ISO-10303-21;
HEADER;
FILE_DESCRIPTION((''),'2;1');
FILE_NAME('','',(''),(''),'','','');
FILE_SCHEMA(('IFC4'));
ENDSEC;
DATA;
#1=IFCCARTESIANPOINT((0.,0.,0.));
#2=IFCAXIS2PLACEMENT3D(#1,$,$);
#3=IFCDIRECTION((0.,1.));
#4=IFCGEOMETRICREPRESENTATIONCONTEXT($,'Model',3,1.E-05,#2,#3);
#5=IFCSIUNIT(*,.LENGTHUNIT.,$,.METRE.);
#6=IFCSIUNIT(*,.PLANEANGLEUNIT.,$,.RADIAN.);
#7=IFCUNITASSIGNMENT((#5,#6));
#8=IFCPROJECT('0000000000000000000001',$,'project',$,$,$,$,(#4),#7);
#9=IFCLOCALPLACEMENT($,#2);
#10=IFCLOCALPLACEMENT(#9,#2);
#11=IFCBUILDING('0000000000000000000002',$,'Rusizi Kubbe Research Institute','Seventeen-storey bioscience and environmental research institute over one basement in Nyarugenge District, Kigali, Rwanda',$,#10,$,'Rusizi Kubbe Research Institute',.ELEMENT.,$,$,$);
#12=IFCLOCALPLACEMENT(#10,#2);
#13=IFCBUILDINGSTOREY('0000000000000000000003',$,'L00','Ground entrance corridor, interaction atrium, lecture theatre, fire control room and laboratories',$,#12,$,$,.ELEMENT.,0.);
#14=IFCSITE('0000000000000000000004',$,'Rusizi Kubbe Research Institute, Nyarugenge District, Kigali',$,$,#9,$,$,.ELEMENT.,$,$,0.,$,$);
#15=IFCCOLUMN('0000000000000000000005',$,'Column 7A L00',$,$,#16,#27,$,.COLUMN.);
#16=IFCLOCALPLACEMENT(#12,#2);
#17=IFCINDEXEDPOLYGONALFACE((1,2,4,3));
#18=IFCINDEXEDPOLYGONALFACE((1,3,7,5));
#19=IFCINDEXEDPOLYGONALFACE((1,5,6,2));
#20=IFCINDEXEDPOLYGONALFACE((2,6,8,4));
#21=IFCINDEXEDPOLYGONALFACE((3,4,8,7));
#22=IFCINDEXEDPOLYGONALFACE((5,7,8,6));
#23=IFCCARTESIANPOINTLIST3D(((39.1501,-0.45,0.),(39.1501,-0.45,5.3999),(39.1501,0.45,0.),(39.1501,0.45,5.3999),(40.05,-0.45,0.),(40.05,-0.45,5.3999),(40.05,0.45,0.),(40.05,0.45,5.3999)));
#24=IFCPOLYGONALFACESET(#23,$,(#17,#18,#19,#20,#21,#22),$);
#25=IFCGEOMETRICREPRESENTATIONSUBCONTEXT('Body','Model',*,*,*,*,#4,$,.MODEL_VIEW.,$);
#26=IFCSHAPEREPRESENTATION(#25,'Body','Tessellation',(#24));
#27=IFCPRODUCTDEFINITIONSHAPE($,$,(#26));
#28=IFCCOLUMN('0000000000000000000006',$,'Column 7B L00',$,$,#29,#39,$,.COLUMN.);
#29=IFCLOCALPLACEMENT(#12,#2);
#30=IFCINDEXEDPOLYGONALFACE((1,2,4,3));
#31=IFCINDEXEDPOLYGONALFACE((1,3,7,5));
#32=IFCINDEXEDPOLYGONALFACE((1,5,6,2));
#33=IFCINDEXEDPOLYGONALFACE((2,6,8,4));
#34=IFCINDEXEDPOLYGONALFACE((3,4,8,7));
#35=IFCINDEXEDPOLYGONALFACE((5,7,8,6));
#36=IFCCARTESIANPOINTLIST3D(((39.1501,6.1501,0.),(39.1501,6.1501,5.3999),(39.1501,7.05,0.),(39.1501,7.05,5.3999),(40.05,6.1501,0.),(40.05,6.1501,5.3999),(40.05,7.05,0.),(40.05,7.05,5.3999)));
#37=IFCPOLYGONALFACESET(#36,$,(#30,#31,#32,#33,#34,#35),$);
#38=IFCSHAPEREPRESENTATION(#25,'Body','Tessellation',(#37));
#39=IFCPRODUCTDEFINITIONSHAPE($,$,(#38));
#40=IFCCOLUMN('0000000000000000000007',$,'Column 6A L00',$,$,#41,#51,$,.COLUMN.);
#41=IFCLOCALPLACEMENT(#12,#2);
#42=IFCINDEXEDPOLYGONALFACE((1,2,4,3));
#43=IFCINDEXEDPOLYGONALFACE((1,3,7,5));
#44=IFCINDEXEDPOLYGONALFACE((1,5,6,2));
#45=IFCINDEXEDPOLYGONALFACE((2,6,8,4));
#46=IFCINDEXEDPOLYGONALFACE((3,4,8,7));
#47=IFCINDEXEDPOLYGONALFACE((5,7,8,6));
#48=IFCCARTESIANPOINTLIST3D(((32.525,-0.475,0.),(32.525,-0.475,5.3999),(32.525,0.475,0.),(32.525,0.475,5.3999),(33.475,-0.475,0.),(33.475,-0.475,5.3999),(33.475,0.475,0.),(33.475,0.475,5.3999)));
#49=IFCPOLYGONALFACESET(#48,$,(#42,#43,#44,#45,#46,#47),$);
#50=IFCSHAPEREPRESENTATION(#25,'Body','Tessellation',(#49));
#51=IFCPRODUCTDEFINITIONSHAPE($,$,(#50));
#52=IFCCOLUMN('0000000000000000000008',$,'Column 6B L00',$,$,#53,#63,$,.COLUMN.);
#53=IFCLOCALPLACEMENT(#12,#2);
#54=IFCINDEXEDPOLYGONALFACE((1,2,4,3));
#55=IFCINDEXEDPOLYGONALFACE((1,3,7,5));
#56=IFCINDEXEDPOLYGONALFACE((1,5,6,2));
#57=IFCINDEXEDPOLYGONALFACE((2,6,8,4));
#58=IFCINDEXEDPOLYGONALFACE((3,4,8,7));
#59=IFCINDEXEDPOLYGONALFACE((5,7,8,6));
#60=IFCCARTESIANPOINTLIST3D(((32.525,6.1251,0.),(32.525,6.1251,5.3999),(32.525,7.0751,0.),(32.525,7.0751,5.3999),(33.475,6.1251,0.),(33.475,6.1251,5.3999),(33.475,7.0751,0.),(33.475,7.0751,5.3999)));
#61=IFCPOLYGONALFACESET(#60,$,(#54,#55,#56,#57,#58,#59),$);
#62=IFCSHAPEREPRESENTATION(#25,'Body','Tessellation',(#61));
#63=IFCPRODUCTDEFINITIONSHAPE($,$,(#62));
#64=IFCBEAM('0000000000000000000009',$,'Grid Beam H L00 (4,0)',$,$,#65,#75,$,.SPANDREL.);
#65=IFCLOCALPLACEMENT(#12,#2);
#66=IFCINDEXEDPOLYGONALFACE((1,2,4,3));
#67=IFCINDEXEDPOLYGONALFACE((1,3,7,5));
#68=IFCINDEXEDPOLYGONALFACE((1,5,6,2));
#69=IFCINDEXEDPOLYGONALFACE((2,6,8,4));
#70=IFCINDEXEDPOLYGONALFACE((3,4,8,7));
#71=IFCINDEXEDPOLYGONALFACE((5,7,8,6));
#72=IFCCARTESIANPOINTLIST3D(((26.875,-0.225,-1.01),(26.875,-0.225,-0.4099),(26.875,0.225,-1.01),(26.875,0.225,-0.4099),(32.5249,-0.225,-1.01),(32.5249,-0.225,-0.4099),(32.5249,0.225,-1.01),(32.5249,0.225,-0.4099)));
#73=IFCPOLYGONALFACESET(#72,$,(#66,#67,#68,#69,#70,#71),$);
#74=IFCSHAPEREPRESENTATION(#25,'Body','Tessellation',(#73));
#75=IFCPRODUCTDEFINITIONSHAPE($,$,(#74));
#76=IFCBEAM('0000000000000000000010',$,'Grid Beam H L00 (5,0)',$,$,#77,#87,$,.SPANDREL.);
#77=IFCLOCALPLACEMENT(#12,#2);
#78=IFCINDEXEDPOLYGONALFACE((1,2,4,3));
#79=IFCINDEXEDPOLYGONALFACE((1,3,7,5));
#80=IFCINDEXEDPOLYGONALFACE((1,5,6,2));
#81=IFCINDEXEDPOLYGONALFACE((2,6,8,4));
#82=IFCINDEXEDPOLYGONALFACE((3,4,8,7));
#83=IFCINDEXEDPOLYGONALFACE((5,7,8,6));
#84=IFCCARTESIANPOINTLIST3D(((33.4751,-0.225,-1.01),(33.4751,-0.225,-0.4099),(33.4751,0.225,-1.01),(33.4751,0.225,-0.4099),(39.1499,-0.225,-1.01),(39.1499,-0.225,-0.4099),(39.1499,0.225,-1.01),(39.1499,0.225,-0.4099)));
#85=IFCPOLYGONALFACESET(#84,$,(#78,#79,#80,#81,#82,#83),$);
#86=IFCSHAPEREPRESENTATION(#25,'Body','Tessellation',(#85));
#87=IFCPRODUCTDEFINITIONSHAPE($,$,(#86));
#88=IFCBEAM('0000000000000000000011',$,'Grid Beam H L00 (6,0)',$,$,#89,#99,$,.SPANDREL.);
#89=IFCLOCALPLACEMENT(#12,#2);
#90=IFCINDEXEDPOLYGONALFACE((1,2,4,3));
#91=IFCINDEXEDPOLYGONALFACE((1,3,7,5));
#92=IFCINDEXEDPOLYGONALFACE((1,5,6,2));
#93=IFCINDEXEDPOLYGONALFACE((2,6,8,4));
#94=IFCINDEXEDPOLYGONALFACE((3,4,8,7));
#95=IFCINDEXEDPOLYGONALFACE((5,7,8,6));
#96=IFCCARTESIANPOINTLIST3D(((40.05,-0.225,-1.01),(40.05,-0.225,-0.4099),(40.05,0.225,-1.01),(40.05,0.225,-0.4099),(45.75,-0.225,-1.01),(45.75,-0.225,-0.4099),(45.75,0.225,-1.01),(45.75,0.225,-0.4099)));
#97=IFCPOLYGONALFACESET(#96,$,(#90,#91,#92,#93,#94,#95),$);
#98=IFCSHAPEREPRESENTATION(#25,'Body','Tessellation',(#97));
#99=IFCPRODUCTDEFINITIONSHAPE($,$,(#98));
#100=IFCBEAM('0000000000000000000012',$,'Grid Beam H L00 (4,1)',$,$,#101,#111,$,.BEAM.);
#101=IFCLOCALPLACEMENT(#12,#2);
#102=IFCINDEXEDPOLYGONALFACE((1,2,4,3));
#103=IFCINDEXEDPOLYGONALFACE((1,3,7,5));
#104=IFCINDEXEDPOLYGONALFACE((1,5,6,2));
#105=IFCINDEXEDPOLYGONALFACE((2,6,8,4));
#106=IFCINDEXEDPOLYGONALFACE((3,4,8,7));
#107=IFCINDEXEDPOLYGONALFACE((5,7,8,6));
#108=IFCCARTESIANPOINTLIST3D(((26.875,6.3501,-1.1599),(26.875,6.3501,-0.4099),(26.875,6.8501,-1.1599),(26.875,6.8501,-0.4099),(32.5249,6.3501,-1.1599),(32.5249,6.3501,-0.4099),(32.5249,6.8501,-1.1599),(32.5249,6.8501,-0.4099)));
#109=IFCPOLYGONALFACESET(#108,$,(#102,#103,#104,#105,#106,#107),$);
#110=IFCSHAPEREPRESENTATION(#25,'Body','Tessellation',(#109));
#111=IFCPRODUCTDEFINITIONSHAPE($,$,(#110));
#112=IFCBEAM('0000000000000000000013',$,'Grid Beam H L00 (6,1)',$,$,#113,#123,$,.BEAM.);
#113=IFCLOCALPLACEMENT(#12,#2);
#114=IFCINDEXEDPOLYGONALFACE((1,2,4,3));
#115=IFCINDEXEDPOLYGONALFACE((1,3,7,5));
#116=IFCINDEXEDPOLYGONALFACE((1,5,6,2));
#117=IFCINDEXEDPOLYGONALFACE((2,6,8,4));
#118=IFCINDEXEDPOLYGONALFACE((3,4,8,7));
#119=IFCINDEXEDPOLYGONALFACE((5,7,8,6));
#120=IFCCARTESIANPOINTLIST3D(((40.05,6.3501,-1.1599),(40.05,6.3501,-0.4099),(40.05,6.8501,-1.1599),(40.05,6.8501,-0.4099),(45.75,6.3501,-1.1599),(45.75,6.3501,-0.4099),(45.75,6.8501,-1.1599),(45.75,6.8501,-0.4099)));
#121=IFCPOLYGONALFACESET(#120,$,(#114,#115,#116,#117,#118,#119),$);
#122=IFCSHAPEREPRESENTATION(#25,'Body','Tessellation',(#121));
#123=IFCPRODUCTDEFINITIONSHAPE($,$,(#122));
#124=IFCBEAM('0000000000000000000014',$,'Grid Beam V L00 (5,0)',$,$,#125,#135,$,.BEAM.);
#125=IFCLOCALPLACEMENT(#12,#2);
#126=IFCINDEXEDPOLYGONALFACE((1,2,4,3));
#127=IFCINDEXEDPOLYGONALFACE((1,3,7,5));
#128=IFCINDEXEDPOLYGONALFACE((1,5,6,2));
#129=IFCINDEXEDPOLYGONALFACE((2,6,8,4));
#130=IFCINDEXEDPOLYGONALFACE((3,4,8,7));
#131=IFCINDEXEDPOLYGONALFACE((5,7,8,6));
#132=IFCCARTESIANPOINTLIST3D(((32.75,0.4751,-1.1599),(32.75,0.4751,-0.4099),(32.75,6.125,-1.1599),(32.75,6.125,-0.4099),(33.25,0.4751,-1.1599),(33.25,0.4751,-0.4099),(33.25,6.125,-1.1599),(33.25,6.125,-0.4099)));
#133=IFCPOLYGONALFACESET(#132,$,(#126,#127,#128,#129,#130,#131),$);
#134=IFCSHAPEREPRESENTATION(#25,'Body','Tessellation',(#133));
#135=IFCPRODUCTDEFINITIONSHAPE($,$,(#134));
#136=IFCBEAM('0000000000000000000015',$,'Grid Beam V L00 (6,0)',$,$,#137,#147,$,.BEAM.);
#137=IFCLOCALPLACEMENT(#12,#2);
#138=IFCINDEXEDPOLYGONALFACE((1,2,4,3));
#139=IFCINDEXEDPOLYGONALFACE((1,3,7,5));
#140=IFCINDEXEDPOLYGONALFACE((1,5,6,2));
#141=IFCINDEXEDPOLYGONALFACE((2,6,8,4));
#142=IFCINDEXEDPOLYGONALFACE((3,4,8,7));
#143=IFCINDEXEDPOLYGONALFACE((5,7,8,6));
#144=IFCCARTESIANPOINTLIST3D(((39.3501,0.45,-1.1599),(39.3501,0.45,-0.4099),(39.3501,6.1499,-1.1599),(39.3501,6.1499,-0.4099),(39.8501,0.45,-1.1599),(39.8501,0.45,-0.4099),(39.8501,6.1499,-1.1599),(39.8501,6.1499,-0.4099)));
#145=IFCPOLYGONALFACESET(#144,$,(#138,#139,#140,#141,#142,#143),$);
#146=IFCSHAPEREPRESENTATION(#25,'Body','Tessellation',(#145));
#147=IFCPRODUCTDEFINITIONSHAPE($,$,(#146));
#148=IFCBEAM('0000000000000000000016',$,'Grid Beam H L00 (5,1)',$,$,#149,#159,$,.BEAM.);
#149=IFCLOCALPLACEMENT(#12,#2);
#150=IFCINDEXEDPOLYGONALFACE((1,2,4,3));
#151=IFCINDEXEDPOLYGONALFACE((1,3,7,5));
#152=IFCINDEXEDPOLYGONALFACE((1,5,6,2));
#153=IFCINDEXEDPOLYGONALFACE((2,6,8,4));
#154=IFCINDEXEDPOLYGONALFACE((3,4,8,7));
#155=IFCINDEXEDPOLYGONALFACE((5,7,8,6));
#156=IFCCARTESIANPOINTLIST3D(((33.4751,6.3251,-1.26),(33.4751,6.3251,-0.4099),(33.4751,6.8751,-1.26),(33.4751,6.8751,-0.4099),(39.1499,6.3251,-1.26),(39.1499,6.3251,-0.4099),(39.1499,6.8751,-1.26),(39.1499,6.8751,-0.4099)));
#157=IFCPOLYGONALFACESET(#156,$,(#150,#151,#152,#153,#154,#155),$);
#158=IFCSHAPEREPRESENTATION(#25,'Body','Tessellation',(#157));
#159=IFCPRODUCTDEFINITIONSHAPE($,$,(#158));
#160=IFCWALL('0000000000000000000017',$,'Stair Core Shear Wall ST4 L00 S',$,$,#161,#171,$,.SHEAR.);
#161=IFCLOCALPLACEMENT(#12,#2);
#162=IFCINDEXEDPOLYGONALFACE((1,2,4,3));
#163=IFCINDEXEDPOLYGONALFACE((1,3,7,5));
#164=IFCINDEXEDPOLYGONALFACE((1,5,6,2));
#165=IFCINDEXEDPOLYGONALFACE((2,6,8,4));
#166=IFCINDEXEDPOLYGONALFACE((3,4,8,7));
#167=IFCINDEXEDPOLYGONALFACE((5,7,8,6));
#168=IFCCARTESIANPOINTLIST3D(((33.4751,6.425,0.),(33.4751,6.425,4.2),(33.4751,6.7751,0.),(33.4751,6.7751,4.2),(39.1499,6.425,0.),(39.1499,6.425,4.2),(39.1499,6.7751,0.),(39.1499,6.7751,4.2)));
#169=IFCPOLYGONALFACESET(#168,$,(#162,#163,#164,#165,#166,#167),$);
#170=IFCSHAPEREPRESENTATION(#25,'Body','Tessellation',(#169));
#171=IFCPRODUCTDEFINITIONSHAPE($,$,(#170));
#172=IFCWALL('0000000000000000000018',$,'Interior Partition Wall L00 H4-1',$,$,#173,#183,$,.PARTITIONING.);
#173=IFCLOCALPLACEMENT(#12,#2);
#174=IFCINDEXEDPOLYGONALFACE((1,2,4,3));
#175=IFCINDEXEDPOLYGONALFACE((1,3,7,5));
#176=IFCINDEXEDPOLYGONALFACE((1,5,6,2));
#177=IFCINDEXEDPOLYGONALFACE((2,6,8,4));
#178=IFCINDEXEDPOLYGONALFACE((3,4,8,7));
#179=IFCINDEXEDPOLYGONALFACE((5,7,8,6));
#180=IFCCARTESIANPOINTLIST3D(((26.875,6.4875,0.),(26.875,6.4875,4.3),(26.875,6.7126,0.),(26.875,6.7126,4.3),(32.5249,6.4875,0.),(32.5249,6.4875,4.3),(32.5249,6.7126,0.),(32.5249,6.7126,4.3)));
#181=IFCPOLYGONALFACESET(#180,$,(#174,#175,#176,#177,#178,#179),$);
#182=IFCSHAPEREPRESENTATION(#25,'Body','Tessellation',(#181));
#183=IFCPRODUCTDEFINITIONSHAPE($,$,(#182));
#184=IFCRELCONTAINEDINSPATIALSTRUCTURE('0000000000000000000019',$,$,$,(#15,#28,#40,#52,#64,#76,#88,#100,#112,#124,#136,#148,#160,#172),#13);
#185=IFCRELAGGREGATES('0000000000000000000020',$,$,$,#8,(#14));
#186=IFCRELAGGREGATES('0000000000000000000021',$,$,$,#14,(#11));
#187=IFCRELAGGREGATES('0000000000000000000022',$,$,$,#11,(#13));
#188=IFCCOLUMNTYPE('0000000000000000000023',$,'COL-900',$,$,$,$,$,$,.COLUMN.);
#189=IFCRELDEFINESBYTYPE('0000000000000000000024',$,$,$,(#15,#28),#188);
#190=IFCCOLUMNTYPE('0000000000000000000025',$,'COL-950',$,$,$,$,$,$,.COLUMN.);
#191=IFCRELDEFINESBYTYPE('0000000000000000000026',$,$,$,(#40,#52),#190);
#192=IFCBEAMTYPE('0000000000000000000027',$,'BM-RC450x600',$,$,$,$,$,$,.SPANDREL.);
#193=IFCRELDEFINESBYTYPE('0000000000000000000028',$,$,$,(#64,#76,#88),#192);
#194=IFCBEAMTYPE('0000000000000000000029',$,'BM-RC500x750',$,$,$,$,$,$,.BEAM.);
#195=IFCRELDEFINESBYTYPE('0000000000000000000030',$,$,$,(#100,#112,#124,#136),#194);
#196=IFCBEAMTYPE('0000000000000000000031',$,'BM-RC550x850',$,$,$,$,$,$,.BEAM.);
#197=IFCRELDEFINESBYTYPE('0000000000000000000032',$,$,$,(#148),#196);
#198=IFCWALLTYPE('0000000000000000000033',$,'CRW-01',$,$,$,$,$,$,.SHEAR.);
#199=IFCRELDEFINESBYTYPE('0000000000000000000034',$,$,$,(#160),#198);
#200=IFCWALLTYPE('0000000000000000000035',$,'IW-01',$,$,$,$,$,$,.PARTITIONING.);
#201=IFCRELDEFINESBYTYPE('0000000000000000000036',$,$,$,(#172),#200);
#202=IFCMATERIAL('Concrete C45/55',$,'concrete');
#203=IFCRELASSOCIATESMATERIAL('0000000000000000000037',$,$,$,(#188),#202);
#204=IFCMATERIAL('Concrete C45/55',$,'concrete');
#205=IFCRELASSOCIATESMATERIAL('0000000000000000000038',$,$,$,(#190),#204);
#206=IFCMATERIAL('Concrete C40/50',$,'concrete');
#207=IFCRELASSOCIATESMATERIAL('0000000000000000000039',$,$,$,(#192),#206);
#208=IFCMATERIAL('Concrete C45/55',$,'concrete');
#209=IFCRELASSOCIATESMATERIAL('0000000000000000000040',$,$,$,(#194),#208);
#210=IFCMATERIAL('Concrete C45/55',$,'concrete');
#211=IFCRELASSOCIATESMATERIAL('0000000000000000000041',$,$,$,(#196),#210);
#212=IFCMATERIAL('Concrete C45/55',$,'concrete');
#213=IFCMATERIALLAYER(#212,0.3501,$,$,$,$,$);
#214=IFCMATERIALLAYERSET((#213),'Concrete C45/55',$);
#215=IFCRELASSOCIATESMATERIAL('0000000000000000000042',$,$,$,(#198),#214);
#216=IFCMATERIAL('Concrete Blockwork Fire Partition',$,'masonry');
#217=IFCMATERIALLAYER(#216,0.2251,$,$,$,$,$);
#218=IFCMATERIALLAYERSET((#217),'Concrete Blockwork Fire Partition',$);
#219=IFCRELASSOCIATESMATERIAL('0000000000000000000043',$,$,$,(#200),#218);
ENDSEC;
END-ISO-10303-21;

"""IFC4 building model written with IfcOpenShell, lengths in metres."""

from ifc_helpers import new_model, si_unit, direction, frame, frame_2d, origin, origin_2d, place, context, subcontext, project, spatial, rectangle, extrude, material, layer, layer_set, material_profile, profile_set, type_object, element, save


model = new_model("IFC4")

# Units and contexts
model_context = context("Model", 3, precision=1e-05, world=origin(), true_north=direction((0.0, 1.0)))
body_context = subcontext(model_context, "Body", "Model", "MODEL_VIEW")
ifc_project = project(units=[si_unit("LENGTHUNIT", "METRE"), si_unit("PLANEANGLEUNIT", "RADIAN")], contexts=[model_context])

# Site, building, storey
site_placement = place(None, origin())
site = spatial("IfcSite", under=ifc_project, at=site_placement, Name="Rusizi Kubbe Research Institute, Nyarugenge District, Kigali", CompositionType="ELEMENT", RefElevation=0.0)
building_placement = place(site_placement, origin())
building = spatial("IfcBuilding", under=site, at=building_placement, Name="Rusizi Kubbe Research Institute", Description="Seventeen-storey bioscience and environmental research institute over one basement in Nyarugenge District, Kigali, Rwanda", LongName="Rusizi Kubbe Research Institute", CompositionType="ELEMENT")
storey_placement = place(building_placement, origin())
storey = spatial("IfcBuildingStorey", under=building, at=storey_placement, Name="L00", Description="Ground entrance corridor, interaction atrium, lecture theatre, fire control room and laboratories", CompositionType="ELEMENT", Elevation=0.0)

# Columns
ifc_material_1 = material(Name="Concrete C45/55", Category="concrete")
ifc_material_profile_1 = material_profile(ifc_material_1, rectangle(XDim=0.8999, YDim=0.8999, at=origin_2d()), Name="RC900x900")
ifc_profile_set_1 = profile_set([ifc_material_profile_1], Name="Concrete C45/55")
column_type_1 = type_object("IfcColumnType", Name="COL-900", PredefinedType="COLUMN", material=ifc_profile_set_1)
for number, where, z_axis, x_axis, name in (
    (1, (39.6001, 0.0, 0.0), (0.0, 0.0, 1.0), (1.0, 0.0, 0.0), "Column 7A L00"),
    (2, (39.6001, 6.6001, 0.0), (0.0, 0.0, 1.0), (1.0, 0.0, 0.0), "Column 7B L00"),
):
    element("IfcColumn", number, at=place(storey_placement, frame(where, z_axis=z_axis, x_axis=x_axis)), inside=storey, type_object=column_type_1, Name=name, PredefinedType="COLUMN", context=body_context, shape_type="SweptSolid", body=[
        extrude(rectangle(XDim=0.8999, YDim=0.8999, at=origin_2d()), origin(), (0.0, 0.0, 1.0), 5.3999),
    ])
ifc_material_2 = material(Name="Concrete C45/55", Category="concrete")
ifc_material_profile_2 = material_profile(ifc_material_2, rectangle(XDim=0.95, YDim=0.95, at=origin_2d()), Name="RC950x950")
ifc_profile_set_2 = profile_set([ifc_material_profile_2], Name="Concrete C45/55")
column_type_2 = type_object("IfcColumnType", Name="COL-950", PredefinedType="COLUMN", material=ifc_profile_set_2)
for number, where, z_axis, x_axis, name in (
    (3, (33.0, 0.0, 0.0), (0.0, 0.0, 1.0), (1.0, 0.0, 0.0), "Column 6A L00"),
    (4, (33.0, 6.6001, 0.0), (0.0, 0.0, 1.0), (1.0, 0.0, 0.0), "Column 6B L00"),
):
    element("IfcColumn", number, at=place(storey_placement, frame(where, z_axis=z_axis, x_axis=x_axis)), inside=storey, type_object=column_type_2, Name=name, PredefinedType="COLUMN", context=body_context, shape_type="SweptSolid", body=[
        extrude(rectangle(XDim=0.95, YDim=0.95, at=origin_2d()), origin(), (0.0, 0.0, 1.0), 5.3999),
    ])

# Beams
ifc_material_3 = material(Name="Concrete C40/50", Category="concrete")
ifc_material_profile_3 = material_profile(ifc_material_3, rectangle(XDim=0.45, YDim=0.6001, at=origin_2d()), Name="RC450x600")
ifc_profile_set_3 = profile_set([ifc_material_profile_3], Name="Concrete C40/50")
beam_type_1 = type_object("IfcBeamType", Name="BM-RC450x600", PredefinedType="SPANDREL", material=ifc_profile_set_3)
beam_1_placement = place(storey_placement, frame((26.875, 0.0, -0.71), z_axis=(1.0, 0.0, 0.0), x_axis=(0.0, 1.0, 0.0)))
element("IfcBeam", 5, at=beam_1_placement, inside=storey, type_object=beam_type_1, Name="Grid Beam H L00 (4,0)", PredefinedType="SPANDREL", context=body_context, shape_type="SweptSolid", body=[
    extrude(rectangle(XDim=0.45, YDim=0.6001, at=origin_2d()), origin(), (0.0, 0.0, 1.0), 5.6499),
])
beam_2_placement = place(storey_placement, frame((33.4751, 0.0, -0.71), z_axis=(1.0, 0.0, 0.0), x_axis=(0.0, 1.0, 0.0)))
element("IfcBeam", 6, at=beam_2_placement, inside=storey, type_object=beam_type_1, Name="Grid Beam H L00 (5,0)", PredefinedType="SPANDREL", context=body_context, shape_type="SweptSolid", body=[
    extrude(rectangle(XDim=0.45, YDim=0.6001, at=origin_2d()), origin(), (0.0, 0.0, 1.0), 5.6748),
])
beam_3_placement = place(storey_placement, frame((40.05, 0.0, -0.71), z_axis=(1.0, 0.0, 0.0), x_axis=(0.0, 1.0, 0.0)))
element("IfcBeam", 7, at=beam_3_placement, inside=storey, type_object=beam_type_1, Name="Grid Beam H L00 (6,0)", PredefinedType="SPANDREL", context=body_context, shape_type="SweptSolid", body=[
    extrude(rectangle(XDim=0.45, YDim=0.6001, at=origin_2d()), origin(), (0.0, 0.0, 1.0), 5.7),
])
ifc_material_4 = material(Name="Concrete C45/55", Category="concrete")
ifc_material_profile_4 = material_profile(ifc_material_4, rectangle(XDim=0.5, YDim=0.75, at=origin_2d()), Name="RC500x750B")
ifc_profile_set_4 = profile_set([ifc_material_profile_4], Name="Concrete C45/55")
beam_type_2 = type_object("IfcBeamType", Name="BM-RC500x750", PredefinedType="BEAM", material=ifc_profile_set_4)
beam_4_placement = place(storey_placement, frame((26.875, 6.6001, -0.7849), z_axis=(1.0, 0.0, 0.0), x_axis=(0.0, 1.0, 0.0)))
element("IfcBeam", 8, at=beam_4_placement, inside=storey, type_object=beam_type_2, Name="Grid Beam H L00 (4,1)", PredefinedType="BEAM", context=body_context, shape_type="SweptSolid", body=[
    extrude(rectangle(XDim=0.5, YDim=0.75, at=origin_2d()), origin(), (0.0, 0.0, 1.0), 5.6499),
])
beam_5_placement = place(storey_placement, frame((40.05, 6.6001, -0.7849), z_axis=(1.0, 0.0, 0.0), x_axis=(0.0, 1.0, 0.0)))
element("IfcBeam", 9, at=beam_5_placement, inside=storey, type_object=beam_type_2, Name="Grid Beam H L00 (6,1)", PredefinedType="BEAM", context=body_context, shape_type="SweptSolid", body=[
    extrude(rectangle(XDim=0.5, YDim=0.75, at=origin_2d()), origin(), (0.0, 0.0, 1.0), 5.7),
])
beam_6_placement = place(storey_placement, frame((33.0, 0.4751, -0.7849), z_axis=(0.0, 1.0, 0.0), x_axis=(-1.0, 0.0, 0.0)))
element("IfcBeam", 10, at=beam_6_placement, inside=storey, type_object=beam_type_2, Name="Grid Beam V L00 (5,0)", PredefinedType="BEAM", context=body_context, shape_type="SweptSolid", body=[
    extrude(rectangle(XDim=0.5, YDim=0.75, at=origin_2d()), origin(), (0.0, 0.0, 1.0), 5.6499),
])
beam_7_placement = place(storey_placement, frame((39.6001, 0.45, -0.7849), z_axis=(0.0, 1.0, 0.0), x_axis=(-1.0, 0.0, 0.0)))
element("IfcBeam", 11, at=beam_7_placement, inside=storey, type_object=beam_type_2, Name="Grid Beam V L00 (6,0)", PredefinedType="BEAM", context=body_context, shape_type="SweptSolid", body=[
    extrude(rectangle(XDim=0.5, YDim=0.75, at=origin_2d()), origin(), (0.0, 0.0, 1.0), 5.7),
])
ifc_material_5 = material(Name="Concrete C45/55", Category="concrete")
ifc_material_profile_5 = material_profile(ifc_material_5, rectangle(XDim=0.55, YDim=0.8501, at=origin_2d()), Name="RC550x850")
ifc_profile_set_5 = profile_set([ifc_material_profile_5], Name="Concrete C45/55")
beam_type_3 = type_object("IfcBeamType", Name="BM-RC550x850", PredefinedType="BEAM", material=ifc_profile_set_5)
beam_8_placement = place(storey_placement, frame((33.4751, 6.6001, -0.835), z_axis=(1.0, 0.0, 0.0), x_axis=(0.0, 1.0, 0.0)))
element("IfcBeam", 12, at=beam_8_placement, inside=storey, type_object=beam_type_3, Name="Grid Beam H L00 (5,1)", PredefinedType="BEAM", context=body_context, shape_type="SweptSolid", body=[
    extrude(rectangle(XDim=0.55, YDim=0.8501, at=origin_2d()), origin(), (0.0, 0.0, 1.0), 5.6748),
])

# Walls
ifc_material_6 = material(Name="Concrete C45/55", Category="concrete")
ifc_layer_1 = layer(ifc_material_6, 0.3501)
ifc_layer_set_1 = layer_set([ifc_layer_1], Name="Concrete C45/55")
wall_type_1 = type_object("IfcWallType", Name="CRW-01", PredefinedType="SHEAR", material=ifc_layer_set_1)
wall_1_placement = place(storey_placement, frame((33.4751, 6.6001, 0.0), z_axis=(0.0, 0.0, 1.0), x_axis=(1.0, 0.0, 0.0)))
element("IfcWall", 13, at=wall_1_placement, inside=storey, type_object=wall_type_1, Name="Stair Core Shear Wall ST4 L00 S", PredefinedType="SHEAR", context=body_context, shape_type="SweptSolid", body=[
    extrude(rectangle(XDim=5.6748, YDim=0.3501, at=frame_2d((2.8374, 0.0))), origin(), (0.0, 0.0, 1.0), 4.2),
])
ifc_material_7 = material(Name="Concrete Blockwork Fire Partition", Category="masonry")
ifc_layer_2 = layer(ifc_material_7, 0.2251)
ifc_layer_set_2 = layer_set([ifc_layer_2], Name="Concrete Blockwork Fire Partition")
wall_type_2 = type_object("IfcWallType", Name="IW-01", PredefinedType="PARTITIONING", material=ifc_layer_set_2)
wall_2_placement = place(storey_placement, frame((26.875, 6.6001, 0.0), z_axis=(0.0, 0.0, 1.0), x_axis=(1.0, 0.0, 0.0)))
element("IfcWall", 14, at=wall_2_placement, inside=storey, type_object=wall_type_2, Name="Interior Partition Wall L00 H4-1", PredefinedType="PARTITIONING", context=body_context, shape_type="SweptSolid", body=[
    extrude(rectangle(XDim=5.6499, YDim=0.2251, at=frame_2d((2.825, 0.0))), origin(), (0.0, 0.0, 1.0), 4.3),
])

save(model, "model.ifc")
